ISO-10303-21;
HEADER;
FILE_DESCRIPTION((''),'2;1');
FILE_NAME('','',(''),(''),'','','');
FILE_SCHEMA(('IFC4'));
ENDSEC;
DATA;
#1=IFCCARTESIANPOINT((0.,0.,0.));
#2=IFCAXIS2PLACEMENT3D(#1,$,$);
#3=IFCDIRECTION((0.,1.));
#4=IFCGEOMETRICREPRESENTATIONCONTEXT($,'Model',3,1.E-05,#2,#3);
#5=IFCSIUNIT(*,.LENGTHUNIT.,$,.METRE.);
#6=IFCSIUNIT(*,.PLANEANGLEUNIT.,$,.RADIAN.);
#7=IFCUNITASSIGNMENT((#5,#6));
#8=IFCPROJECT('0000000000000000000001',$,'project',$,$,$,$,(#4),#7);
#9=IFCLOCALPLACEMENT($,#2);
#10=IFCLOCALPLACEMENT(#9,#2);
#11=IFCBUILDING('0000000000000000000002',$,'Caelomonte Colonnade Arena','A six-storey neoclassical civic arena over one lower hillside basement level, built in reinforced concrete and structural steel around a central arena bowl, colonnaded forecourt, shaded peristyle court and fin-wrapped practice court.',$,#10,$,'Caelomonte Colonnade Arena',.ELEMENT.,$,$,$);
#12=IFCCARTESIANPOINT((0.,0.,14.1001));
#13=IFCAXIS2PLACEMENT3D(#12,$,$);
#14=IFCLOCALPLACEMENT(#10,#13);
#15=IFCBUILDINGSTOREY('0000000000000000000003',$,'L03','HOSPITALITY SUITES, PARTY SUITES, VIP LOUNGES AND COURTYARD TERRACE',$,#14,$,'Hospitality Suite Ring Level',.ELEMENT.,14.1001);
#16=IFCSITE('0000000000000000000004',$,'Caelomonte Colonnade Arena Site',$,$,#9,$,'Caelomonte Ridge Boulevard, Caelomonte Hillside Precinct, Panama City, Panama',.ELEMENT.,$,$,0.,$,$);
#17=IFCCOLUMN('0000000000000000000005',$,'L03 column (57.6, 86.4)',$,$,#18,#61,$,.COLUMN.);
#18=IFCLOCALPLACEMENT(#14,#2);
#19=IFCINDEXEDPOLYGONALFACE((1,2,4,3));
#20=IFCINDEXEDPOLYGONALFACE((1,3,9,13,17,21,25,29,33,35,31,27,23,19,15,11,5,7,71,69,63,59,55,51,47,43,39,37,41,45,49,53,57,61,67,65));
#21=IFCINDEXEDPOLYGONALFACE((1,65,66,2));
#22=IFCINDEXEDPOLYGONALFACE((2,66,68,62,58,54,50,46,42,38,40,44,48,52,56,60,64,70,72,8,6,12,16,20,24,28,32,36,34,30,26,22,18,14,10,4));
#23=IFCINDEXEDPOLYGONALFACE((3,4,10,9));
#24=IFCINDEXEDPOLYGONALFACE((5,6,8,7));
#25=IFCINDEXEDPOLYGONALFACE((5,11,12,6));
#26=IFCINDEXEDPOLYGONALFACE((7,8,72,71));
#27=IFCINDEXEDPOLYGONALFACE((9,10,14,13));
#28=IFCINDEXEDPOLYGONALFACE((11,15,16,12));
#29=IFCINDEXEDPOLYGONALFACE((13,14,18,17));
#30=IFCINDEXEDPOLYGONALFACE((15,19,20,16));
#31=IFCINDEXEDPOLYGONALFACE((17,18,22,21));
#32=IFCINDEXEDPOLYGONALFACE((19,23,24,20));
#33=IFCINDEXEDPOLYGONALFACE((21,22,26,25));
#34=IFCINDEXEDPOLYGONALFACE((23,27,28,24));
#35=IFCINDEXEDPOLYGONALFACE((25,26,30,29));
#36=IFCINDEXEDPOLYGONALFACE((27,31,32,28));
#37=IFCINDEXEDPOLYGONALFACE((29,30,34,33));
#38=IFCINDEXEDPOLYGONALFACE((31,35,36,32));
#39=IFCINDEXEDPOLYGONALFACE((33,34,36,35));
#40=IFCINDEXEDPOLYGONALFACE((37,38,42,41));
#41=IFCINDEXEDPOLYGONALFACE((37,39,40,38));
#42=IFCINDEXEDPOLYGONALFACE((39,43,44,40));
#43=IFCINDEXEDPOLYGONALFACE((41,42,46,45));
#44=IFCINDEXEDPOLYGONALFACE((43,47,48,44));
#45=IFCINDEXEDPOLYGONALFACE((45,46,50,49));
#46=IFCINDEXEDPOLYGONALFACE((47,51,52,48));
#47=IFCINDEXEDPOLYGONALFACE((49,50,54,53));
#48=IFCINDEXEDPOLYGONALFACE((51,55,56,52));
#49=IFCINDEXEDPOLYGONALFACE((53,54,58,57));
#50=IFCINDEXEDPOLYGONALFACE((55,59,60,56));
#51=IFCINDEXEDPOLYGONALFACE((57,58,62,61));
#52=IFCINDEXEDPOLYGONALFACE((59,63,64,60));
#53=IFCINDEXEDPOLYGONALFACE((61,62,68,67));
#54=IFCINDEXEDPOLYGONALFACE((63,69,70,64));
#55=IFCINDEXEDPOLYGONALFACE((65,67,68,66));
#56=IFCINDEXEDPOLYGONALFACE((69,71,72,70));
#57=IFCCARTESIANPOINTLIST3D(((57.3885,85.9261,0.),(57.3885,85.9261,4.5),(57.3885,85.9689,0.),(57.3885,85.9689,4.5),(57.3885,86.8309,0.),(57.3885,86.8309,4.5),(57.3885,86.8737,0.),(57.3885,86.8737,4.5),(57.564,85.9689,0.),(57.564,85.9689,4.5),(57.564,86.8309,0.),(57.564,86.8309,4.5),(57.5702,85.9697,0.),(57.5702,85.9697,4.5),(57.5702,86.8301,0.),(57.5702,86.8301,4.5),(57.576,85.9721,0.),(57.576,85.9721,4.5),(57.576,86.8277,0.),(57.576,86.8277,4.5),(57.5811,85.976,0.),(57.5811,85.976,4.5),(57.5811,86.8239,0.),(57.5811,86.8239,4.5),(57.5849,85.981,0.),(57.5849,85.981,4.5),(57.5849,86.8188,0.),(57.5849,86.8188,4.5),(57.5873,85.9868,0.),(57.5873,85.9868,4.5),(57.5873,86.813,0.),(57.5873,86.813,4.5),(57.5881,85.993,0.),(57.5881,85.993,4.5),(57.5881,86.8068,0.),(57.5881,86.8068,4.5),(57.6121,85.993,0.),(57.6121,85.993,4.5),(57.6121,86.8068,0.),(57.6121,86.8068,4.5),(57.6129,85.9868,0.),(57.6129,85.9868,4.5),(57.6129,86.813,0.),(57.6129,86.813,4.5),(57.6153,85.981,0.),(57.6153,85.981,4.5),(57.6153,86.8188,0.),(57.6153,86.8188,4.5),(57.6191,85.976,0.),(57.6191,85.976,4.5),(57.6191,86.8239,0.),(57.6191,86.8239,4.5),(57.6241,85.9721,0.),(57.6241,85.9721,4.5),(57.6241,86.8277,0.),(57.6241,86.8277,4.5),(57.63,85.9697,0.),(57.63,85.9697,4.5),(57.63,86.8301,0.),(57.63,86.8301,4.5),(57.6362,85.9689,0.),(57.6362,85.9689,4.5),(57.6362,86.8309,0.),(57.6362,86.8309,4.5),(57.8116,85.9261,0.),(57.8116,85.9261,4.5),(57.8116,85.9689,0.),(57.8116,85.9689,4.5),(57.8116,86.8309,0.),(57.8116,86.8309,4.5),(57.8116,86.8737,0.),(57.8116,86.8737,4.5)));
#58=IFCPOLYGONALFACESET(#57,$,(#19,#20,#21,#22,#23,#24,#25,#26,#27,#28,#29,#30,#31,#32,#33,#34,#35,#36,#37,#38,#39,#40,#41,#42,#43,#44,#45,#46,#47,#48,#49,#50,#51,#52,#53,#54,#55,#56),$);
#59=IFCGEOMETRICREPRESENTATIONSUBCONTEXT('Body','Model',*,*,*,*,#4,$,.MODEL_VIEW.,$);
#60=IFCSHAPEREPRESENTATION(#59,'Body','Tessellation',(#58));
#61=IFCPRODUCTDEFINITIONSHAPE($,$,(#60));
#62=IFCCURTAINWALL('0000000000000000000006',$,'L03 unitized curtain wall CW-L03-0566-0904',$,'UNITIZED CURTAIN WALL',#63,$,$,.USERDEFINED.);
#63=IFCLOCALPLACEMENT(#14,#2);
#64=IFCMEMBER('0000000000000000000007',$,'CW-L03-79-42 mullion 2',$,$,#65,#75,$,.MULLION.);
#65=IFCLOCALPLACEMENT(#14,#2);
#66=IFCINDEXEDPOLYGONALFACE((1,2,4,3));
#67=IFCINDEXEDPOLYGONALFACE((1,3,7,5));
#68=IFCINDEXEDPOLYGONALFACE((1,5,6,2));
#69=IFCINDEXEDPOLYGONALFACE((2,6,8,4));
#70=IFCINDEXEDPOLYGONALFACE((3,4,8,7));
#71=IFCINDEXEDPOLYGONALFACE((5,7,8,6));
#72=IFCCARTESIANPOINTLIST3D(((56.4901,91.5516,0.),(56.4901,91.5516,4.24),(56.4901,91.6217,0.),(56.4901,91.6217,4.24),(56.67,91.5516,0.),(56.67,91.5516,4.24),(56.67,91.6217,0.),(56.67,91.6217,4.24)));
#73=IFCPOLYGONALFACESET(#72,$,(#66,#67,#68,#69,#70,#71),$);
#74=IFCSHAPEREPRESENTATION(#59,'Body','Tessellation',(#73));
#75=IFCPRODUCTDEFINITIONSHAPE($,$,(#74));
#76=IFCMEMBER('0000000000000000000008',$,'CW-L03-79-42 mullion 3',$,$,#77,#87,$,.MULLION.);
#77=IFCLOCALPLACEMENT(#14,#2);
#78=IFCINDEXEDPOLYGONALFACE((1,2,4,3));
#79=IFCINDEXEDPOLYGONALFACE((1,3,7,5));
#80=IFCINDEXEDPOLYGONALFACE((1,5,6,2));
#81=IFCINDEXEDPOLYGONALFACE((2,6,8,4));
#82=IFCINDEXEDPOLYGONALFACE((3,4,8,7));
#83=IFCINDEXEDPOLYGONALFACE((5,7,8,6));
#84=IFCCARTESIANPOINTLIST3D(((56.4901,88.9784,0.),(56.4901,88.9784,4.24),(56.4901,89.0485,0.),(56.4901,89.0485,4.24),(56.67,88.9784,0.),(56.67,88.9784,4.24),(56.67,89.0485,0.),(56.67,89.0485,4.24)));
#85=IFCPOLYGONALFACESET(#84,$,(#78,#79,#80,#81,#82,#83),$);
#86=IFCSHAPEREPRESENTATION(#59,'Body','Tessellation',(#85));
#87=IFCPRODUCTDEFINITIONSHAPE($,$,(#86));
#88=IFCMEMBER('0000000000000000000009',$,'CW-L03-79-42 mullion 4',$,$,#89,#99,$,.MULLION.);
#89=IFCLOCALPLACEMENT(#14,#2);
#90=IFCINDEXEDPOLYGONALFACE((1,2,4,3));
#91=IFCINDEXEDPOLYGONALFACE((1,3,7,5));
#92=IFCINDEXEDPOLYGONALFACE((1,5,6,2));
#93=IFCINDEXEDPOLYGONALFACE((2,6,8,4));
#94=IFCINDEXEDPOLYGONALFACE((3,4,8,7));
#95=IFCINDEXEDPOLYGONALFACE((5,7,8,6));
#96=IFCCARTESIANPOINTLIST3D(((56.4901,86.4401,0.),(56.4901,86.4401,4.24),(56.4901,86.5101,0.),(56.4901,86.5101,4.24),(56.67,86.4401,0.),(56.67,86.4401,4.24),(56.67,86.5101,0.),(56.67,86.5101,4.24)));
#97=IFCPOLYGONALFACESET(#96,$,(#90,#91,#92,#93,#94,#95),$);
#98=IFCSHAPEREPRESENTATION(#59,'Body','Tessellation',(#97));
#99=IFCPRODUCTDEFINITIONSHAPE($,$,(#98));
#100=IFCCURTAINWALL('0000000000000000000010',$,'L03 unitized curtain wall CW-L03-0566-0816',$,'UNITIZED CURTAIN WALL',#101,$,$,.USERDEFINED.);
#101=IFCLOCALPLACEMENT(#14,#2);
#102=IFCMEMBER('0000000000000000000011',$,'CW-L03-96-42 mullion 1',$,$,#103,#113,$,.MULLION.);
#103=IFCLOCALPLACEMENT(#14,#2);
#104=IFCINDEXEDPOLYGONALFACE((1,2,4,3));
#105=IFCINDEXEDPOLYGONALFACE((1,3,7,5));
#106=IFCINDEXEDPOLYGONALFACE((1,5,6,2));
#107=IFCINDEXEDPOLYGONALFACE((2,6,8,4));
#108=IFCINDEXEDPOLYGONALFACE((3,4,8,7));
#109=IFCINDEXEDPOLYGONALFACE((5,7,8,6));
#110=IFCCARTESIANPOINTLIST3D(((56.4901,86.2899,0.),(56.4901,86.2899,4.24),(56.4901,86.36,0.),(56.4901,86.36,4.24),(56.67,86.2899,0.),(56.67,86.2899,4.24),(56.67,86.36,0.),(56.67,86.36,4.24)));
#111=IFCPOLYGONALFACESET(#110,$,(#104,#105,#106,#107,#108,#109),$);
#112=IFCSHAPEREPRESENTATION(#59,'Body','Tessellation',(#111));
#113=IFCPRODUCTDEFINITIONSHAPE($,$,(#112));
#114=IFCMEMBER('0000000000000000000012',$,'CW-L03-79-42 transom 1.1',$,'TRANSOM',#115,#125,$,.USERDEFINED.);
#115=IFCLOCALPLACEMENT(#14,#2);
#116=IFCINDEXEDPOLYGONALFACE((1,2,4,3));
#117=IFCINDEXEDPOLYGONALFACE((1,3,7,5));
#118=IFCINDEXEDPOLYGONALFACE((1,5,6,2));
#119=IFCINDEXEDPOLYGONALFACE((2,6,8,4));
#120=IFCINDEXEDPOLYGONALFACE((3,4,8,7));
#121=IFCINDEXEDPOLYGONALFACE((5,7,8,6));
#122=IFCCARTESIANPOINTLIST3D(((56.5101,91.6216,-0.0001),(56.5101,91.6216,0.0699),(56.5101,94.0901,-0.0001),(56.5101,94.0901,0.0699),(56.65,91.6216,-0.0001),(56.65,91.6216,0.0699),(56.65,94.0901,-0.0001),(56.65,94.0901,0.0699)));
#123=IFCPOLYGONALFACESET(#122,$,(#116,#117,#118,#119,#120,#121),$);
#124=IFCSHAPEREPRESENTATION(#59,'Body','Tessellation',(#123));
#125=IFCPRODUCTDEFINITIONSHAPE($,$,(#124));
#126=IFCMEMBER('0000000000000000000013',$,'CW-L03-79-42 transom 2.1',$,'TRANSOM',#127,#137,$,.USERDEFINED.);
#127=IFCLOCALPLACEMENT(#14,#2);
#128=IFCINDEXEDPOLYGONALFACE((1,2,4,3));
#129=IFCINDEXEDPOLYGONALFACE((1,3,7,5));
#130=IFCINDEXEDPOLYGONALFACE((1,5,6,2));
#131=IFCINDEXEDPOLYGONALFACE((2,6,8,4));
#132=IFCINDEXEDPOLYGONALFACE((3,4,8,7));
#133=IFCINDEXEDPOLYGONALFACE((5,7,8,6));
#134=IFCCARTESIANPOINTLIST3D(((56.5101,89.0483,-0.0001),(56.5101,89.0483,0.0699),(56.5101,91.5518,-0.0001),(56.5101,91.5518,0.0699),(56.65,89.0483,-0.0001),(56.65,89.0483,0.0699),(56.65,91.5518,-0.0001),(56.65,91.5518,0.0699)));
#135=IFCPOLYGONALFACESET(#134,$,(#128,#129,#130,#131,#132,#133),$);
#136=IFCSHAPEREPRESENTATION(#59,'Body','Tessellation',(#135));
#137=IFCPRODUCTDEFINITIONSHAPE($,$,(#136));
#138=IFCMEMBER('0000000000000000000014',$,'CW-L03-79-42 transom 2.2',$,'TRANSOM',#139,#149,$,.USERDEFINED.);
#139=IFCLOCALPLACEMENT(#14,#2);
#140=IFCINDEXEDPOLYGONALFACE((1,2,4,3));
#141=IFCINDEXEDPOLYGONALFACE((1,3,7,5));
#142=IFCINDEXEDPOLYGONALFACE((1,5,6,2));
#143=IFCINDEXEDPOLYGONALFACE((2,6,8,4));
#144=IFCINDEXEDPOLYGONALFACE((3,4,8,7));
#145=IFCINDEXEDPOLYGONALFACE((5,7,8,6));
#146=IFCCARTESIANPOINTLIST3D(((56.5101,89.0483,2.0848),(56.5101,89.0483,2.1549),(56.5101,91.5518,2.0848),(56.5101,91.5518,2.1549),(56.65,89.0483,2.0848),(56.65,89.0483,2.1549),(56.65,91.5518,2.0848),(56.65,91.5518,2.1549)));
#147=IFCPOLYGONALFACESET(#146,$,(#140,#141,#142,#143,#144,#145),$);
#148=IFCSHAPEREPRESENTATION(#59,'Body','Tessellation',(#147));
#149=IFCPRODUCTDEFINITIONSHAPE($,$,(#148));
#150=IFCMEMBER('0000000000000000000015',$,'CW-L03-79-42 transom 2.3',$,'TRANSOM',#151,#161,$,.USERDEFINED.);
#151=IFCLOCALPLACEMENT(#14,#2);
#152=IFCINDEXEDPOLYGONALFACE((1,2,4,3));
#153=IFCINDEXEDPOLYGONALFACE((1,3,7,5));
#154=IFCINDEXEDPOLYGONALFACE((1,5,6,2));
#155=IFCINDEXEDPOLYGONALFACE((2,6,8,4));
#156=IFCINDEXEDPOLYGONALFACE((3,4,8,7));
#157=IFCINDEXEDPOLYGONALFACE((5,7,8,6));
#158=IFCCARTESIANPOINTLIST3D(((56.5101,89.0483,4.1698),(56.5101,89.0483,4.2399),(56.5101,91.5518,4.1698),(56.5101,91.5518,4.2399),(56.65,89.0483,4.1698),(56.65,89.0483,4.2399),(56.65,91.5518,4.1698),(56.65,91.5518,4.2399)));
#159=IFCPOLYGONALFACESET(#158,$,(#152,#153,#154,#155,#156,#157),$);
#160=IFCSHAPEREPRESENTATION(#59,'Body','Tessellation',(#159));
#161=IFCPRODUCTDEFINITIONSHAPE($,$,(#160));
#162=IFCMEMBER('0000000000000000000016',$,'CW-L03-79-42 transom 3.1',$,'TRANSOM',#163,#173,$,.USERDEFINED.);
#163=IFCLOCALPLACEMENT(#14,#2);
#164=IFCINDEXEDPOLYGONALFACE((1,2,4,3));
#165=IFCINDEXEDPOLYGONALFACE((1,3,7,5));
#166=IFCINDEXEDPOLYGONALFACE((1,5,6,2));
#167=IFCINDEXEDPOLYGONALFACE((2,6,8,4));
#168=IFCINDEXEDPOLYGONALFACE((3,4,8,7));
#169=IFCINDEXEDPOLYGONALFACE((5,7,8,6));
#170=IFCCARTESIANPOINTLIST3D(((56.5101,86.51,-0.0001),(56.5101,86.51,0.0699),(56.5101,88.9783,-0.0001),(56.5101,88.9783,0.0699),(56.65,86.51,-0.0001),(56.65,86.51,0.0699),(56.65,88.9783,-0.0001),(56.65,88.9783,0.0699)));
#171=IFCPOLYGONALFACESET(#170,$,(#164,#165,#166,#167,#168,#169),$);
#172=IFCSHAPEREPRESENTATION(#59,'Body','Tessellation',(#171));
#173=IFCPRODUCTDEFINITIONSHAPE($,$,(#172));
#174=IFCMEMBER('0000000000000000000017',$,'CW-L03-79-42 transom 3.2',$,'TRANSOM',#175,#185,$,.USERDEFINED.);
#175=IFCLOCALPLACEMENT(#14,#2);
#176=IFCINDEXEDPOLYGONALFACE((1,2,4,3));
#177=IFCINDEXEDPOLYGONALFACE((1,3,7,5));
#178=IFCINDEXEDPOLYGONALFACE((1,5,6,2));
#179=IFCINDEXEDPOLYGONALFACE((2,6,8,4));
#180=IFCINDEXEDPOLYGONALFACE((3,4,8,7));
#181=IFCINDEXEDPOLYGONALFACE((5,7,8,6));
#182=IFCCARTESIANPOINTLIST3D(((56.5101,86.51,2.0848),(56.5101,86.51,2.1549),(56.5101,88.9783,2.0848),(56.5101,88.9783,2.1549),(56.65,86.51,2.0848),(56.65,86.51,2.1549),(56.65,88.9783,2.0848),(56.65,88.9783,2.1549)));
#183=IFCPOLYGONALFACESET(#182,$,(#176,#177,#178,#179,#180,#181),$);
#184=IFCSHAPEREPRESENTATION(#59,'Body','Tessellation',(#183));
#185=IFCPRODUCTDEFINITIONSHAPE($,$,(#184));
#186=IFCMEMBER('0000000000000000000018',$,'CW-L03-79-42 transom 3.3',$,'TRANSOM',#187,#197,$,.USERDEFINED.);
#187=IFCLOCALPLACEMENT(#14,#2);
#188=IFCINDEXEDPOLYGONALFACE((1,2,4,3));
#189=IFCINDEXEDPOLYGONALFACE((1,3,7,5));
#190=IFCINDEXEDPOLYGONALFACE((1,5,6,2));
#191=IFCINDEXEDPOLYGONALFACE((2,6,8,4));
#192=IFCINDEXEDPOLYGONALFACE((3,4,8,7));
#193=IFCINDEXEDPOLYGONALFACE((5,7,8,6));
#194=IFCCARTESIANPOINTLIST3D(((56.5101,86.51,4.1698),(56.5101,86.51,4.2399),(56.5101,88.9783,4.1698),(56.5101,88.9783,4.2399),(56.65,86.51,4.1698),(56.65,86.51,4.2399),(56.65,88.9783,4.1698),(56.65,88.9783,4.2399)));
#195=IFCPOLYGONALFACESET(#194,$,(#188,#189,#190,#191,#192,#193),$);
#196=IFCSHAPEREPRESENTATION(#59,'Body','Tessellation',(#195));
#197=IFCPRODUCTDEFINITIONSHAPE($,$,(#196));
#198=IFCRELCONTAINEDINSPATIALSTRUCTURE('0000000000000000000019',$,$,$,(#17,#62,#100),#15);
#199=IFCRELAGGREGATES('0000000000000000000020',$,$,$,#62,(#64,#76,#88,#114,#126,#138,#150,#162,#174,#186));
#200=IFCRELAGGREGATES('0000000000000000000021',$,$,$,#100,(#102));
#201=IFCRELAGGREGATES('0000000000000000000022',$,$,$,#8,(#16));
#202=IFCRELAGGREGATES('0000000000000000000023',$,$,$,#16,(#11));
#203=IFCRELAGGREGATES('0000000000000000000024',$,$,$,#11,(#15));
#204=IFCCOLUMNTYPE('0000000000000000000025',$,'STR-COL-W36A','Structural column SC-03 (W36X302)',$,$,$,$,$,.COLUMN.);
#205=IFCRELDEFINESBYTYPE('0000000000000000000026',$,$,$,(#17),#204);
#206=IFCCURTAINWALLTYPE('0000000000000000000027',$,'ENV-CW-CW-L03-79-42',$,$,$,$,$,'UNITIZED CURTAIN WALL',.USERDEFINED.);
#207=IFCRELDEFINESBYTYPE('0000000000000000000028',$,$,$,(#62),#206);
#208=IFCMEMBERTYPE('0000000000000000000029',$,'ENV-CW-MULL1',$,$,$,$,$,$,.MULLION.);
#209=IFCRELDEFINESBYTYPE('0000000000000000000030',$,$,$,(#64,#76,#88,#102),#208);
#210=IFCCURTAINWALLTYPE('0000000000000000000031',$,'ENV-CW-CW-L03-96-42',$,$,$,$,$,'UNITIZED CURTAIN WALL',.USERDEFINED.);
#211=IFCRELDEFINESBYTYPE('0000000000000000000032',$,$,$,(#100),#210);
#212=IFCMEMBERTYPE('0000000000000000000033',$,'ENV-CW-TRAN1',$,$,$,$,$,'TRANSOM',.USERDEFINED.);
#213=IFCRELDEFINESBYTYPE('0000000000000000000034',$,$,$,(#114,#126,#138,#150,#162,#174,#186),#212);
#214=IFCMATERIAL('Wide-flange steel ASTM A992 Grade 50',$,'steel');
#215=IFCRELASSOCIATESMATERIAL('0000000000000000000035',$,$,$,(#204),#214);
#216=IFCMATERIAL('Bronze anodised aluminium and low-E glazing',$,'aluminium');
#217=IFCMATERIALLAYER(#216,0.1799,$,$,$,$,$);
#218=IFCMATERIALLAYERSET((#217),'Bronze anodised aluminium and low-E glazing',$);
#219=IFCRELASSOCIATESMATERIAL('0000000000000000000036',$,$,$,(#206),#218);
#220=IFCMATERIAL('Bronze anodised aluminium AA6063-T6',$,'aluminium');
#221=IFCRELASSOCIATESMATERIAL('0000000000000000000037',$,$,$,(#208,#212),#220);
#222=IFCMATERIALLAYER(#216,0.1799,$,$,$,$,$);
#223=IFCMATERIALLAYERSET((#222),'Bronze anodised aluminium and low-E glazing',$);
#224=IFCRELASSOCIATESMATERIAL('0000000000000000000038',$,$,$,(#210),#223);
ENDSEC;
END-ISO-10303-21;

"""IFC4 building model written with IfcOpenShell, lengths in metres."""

from ifc_helpers import new_model, si_unit, direction, frame, origin, origin_2d, place, context, subcontext, project, spatial, rectangle, i_section, extrude, material, layer, layer_set, material_profile, profile_set, type_object, element, aggregate, save


model = new_model("IFC4")

# Units and contexts
model_context = context("Model", 3, precision=1e-05, world=origin(), true_north=direction((0.0, 1.0)))
body_context = subcontext(model_context, "Body", "Model", "MODEL_VIEW")
ifc_project = project(units=[si_unit("LENGTHUNIT", "METRE"), si_unit("PLANEANGLEUNIT", "RADIAN")], contexts=[model_context])

# Site, building, storey
site_placement = place(None, origin())
site = spatial("IfcSite", under=ifc_project, at=site_placement, Name="Caelomonte Colonnade Arena Site", LongName="Caelomonte Ridge Boulevard, Caelomonte Hillside Precinct, Panama City, Panama", CompositionType="ELEMENT", RefElevation=0.0)
building_placement = place(site_placement, origin())
building = spatial("IfcBuilding", under=site, at=building_placement, Name="Caelomonte Colonnade Arena", Description="A six-storey neoclassical civic arena over one lower hillside basement level, built in reinforced concrete and structural steel around a central arena bowl, colonnaded forecourt, shaded peristyle court and fin-wrapped practice court.", LongName="Caelomonte Colonnade Arena", CompositionType="ELEMENT")
storey_placement = place(building_placement, frame((0.0, 0.0, 14.1001)))
storey = spatial("IfcBuildingStorey", under=building, at=storey_placement, Name="L03", Description="HOSPITALITY SUITES, PARTY SUITES, VIP LOUNGES AND COURTYARD TERRACE", LongName="Hospitality Suite Ring Level", CompositionType="ELEMENT", Elevation=14.1001)

# Column
ifc_material_1 = material(Name="Wide-flange steel ASTM A992 Grade 50", Category="steel")
ifc_material_profile_1 = material_profile(ifc_material_1, i_section(OverallWidth=0.4231, OverallDepth=0.9475, WebThickness=0.0239, FlangeThickness=0.0427, FilletRadius=0.0242, at=origin_2d()), Name="W36X302")
ifc_profile_set_1 = profile_set([ifc_material_profile_1], Name="Wide-flange steel ASTM A992 Grade 50")
column_type = type_object("IfcColumnType", Name="STR-COL-W36A", Description="Structural column SC-03 (W36X302)", PredefinedType="COLUMN", material=ifc_profile_set_1)
column_placement = place(storey_placement, frame((57.6001, 86.3999, 0.0), z_axis=(0.0, 0.0, 1.0), x_axis=(1.0, 0.0, 0.0)))
element("IfcColumn", 1, at=column_placement, inside=storey, type_object=column_type, Name="L03 column (57.6, 86.4)", PredefinedType="COLUMN", context=body_context, shape_type="SweptSolid", body=[
    extrude(i_section(OverallWidth=0.4231, OverallDepth=0.9475, WebThickness=0.0239, FlangeThickness=0.0427, FilletRadius=0.0242, at=origin_2d()), origin(), (0.0, 0.0, 1.0), 4.5),
])

# Curtain wall, members
ifc_material_2 = material(Name="Bronze anodised aluminium and low-E glazing", Category="aluminium")
ifc_layer_1 = layer(ifc_material_2, 0.1799)
ifc_layer_set_1 = layer_set([ifc_layer_1], Name="Bronze anodised aluminium and low-E glazing")
curtain_wall_type_1 = type_object("IfcCurtainWallType", Name="ENV-CW-CW-L03-79-42", ElementType="UNITIZED CURTAIN WALL", PredefinedType="USERDEFINED", material=ifc_layer_set_1)
curtain_wall_1_placement = place(storey_placement, origin())
curtain_wall_1 = element("IfcCurtainWall", 2, at=curtain_wall_1_placement, inside=storey, type_object=curtain_wall_type_1, Name="L03 unitized curtain wall CW-L03-0566-0904", ObjectType="UNITIZED CURTAIN WALL", PredefinedType="USERDEFINED")
ifc_material_3 = material(Name="Bronze anodised aluminium AA6063-T6", Category="aluminium")
ifc_material_profile_2 = material_profile(ifc_material_3, rectangle(XDim=0.0701, YDim=0.1799, at=origin_2d()), Name="CWM-70X180")
ifc_profile_set_2 = profile_set([ifc_material_profile_2], Name="Bronze anodised aluminium AA6063-T6")
member_type_1 = type_object("IfcMemberType", Name="ENV-CW-MULL1", PredefinedType="MULLION", material=ifc_profile_set_2)
member_1_placement = place(storey_placement, frame((56.5801, 91.5867, 0.0), z_axis=(0.0, 0.0, 1.0), x_axis=(0.0, -1.0, 0.0)))
member_1 = element("IfcMember", 3, at=member_1_placement, type_object=member_type_1, Name="CW-L03-79-42 mullion 2", PredefinedType="MULLION", context=body_context, shape_type="SweptSolid", body=[
    extrude(rectangle(XDim=0.0701, YDim=0.1799, at=origin_2d()), origin(), (0.0, 0.0, 1.0), 4.24),
])
member_2_placement = place(storey_placement, frame((56.5801, 89.0134, 0.0), z_axis=(0.0, 0.0, 1.0), x_axis=(0.0, -1.0, 0.0)))
member_2 = element("IfcMember", 4, at=member_2_placement, type_object=member_type_1, Name="CW-L03-79-42 mullion 3", PredefinedType="MULLION", context=body_context, shape_type="SweptSolid", body=[
    extrude(rectangle(XDim=0.0701, YDim=0.1799, at=origin_2d()), origin(), (0.0, 0.0, 1.0), 4.24),
])
member_3_placement = place(storey_placement, frame((56.5801, 86.4751, 0.0), z_axis=(0.0, 0.0, 1.0), x_axis=(0.0, -1.0, 0.0)))
member_3 = element("IfcMember", 5, at=member_3_placement, type_object=member_type_1, Name="CW-L03-79-42 mullion 4", PredefinedType="MULLION", context=body_context, shape_type="SweptSolid", body=[
    extrude(rectangle(XDim=0.0701, YDim=0.1799, at=origin_2d()), origin(), (0.0, 0.0, 1.0), 4.24),
])

# Curtain wall, member
ifc_layer_2 = layer(ifc_material_2, 0.1799)
ifc_layer_set_2 = layer_set([ifc_layer_2], Name="Bronze anodised aluminium and low-E glazing")
curtain_wall_type_2 = type_object("IfcCurtainWallType", Name="ENV-CW-CW-L03-96-42", ElementType="UNITIZED CURTAIN WALL", PredefinedType="USERDEFINED", material=ifc_layer_set_2)
curtain_wall_2_placement = place(storey_placement, origin())
curtain_wall_2 = element("IfcCurtainWall", 6, at=curtain_wall_2_placement, inside=storey, type_object=curtain_wall_type_2, Name="L03 unitized curtain wall CW-L03-0566-0816", ObjectType="UNITIZED CURTAIN WALL", PredefinedType="USERDEFINED")
member_4_placement = place(storey_placement, frame((56.5801, 86.325, 0.0), z_axis=(0.0, 0.0, 1.0), x_axis=(0.0, -1.0, 0.0)))
member_4 = element("IfcMember", 7, at=member_4_placement, type_object=member_type_1, Name="CW-L03-96-42 mullion 1", PredefinedType="MULLION", context=body_context, shape_type="SweptSolid", body=[
    extrude(rectangle(XDim=0.0701, YDim=0.1799, at=origin_2d()), origin(), (0.0, 0.0, 1.0), 4.24),
])

# Members
ifc_material_profile_3 = material_profile(ifc_material_3, rectangle(XDim=0.0701, YDim=0.1399, at=origin_2d()), Name="CWT-70X140")
ifc_profile_set_3 = profile_set([ifc_material_profile_3], Name="Bronze anodised aluminium AA6063-T6")
member_type_2 = type_object("IfcMemberType", Name="ENV-CW-TRAN1", ElementType="TRANSOM", PredefinedType="USERDEFINED", material=ifc_profile_set_3)
member_5_placement = place(storey_placement, frame((56.5801, 94.0901, 0.0349), z_axis=(0.0, -1.0, 0.0), x_axis=(0.0, 0.0, 1.0)))
member_5 = element("IfcMember", 8, at=member_5_placement, type_object=member_type_2, Name="CW-L03-79-42 transom 1.1", ObjectType="TRANSOM", PredefinedType="USERDEFINED", context=body_context, shape_type="SweptSolid", body=[
    extrude(rectangle(XDim=0.0701, YDim=0.1399, at=origin_2d()), origin(), (0.0, 0.0, 1.0), 2.4685),
])
member_6_placement = place(storey_placement, frame((56.5801, 91.5518, 0.0349), z_axis=(0.0, -1.0, 0.0), x_axis=(0.0, 0.0, 1.0)))
member_6 = element("IfcMember", 9, at=member_6_placement, type_object=member_type_2, Name="CW-L03-79-42 transom 2.1", ObjectType="TRANSOM", PredefinedType="USERDEFINED", context=body_context, shape_type="SweptSolid", body=[
    extrude(rectangle(XDim=0.0701, YDim=0.1399, at=origin_2d()), origin(), (0.0, 0.0, 1.0), 2.5034),
])
member_7_placement = place(storey_placement, frame((56.5801, 91.5518, 2.1199), z_axis=(0.0, -1.0, 0.0), x_axis=(0.0, 0.0, 1.0)))
member_7 = element("IfcMember", 10, at=member_7_placement, type_object=member_type_2, Name="CW-L03-79-42 transom 2.2", ObjectType="TRANSOM", PredefinedType="USERDEFINED", context=body_context, shape_type="SweptSolid", body=[
    extrude(rectangle(XDim=0.0701, YDim=0.1399, at=origin_2d()), origin(), (0.0, 0.0, 1.0), 2.5034),
])
member_8_placement = place(storey_placement, frame((56.5801, 91.5518, 4.2048), z_axis=(0.0, -1.0, 0.0), x_axis=(0.0, 0.0, 1.0)))
member_8 = element("IfcMember", 11, at=member_8_placement, type_object=member_type_2, Name="CW-L03-79-42 transom 2.3", ObjectType="TRANSOM", PredefinedType="USERDEFINED", context=body_context, shape_type="SweptSolid", body=[
    extrude(rectangle(XDim=0.0701, YDim=0.1399, at=origin_2d()), origin(), (0.0, 0.0, 1.0), 2.5034),
])
member_9_placement = place(storey_placement, frame((56.5801, 88.9783, 0.0349), z_axis=(0.0, -1.0, 0.0), x_axis=(0.0, 0.0, 1.0)))
member_9 = element("IfcMember", 12, at=member_9_placement, type_object=member_type_2, Name="CW-L03-79-42 transom 3.1", ObjectType="TRANSOM", PredefinedType="USERDEFINED", context=body_context, shape_type="SweptSolid", body=[
    extrude(rectangle(XDim=0.0701, YDim=0.1399, at=origin_2d()), origin(), (0.0, 0.0, 1.0), 2.4683),
])
member_10_placement = place(storey_placement, frame((56.5801, 88.9783, 2.1199), z_axis=(0.0, -1.0, 0.0), x_axis=(0.0, 0.0, 1.0)))
member_10 = element("IfcMember", 13, at=member_10_placement, type_object=member_type_2, Name="CW-L03-79-42 transom 3.2", ObjectType="TRANSOM", PredefinedType="USERDEFINED", context=body_context, shape_type="SweptSolid", body=[
    extrude(rectangle(XDim=0.0701, YDim=0.1399, at=origin_2d()), origin(), (0.0, 0.0, 1.0), 2.4683),
])
member_11_placement = place(storey_placement, frame((56.5801, 88.9783, 4.2048), z_axis=(0.0, -1.0, 0.0), x_axis=(0.0, 0.0, 1.0)))
member_11 = element("IfcMember", 14, at=member_11_placement, type_object=member_type_2, Name="CW-L03-79-42 transom 3.3", ObjectType="TRANSOM", PredefinedType="USERDEFINED", context=body_context, shape_type="SweptSolid", body=[
    extrude(rectangle(XDim=0.0701, YDim=0.1399, at=origin_2d()), origin(), (0.0, 0.0, 1.0), 2.4683),
])

aggregate(curtain_wall_1, [member_1, member_2, member_3, member_5, member_6, member_7, member_8, member_9, member_10, member_11])
aggregate(curtain_wall_2, [member_4])

save(model, "model.ifc")
